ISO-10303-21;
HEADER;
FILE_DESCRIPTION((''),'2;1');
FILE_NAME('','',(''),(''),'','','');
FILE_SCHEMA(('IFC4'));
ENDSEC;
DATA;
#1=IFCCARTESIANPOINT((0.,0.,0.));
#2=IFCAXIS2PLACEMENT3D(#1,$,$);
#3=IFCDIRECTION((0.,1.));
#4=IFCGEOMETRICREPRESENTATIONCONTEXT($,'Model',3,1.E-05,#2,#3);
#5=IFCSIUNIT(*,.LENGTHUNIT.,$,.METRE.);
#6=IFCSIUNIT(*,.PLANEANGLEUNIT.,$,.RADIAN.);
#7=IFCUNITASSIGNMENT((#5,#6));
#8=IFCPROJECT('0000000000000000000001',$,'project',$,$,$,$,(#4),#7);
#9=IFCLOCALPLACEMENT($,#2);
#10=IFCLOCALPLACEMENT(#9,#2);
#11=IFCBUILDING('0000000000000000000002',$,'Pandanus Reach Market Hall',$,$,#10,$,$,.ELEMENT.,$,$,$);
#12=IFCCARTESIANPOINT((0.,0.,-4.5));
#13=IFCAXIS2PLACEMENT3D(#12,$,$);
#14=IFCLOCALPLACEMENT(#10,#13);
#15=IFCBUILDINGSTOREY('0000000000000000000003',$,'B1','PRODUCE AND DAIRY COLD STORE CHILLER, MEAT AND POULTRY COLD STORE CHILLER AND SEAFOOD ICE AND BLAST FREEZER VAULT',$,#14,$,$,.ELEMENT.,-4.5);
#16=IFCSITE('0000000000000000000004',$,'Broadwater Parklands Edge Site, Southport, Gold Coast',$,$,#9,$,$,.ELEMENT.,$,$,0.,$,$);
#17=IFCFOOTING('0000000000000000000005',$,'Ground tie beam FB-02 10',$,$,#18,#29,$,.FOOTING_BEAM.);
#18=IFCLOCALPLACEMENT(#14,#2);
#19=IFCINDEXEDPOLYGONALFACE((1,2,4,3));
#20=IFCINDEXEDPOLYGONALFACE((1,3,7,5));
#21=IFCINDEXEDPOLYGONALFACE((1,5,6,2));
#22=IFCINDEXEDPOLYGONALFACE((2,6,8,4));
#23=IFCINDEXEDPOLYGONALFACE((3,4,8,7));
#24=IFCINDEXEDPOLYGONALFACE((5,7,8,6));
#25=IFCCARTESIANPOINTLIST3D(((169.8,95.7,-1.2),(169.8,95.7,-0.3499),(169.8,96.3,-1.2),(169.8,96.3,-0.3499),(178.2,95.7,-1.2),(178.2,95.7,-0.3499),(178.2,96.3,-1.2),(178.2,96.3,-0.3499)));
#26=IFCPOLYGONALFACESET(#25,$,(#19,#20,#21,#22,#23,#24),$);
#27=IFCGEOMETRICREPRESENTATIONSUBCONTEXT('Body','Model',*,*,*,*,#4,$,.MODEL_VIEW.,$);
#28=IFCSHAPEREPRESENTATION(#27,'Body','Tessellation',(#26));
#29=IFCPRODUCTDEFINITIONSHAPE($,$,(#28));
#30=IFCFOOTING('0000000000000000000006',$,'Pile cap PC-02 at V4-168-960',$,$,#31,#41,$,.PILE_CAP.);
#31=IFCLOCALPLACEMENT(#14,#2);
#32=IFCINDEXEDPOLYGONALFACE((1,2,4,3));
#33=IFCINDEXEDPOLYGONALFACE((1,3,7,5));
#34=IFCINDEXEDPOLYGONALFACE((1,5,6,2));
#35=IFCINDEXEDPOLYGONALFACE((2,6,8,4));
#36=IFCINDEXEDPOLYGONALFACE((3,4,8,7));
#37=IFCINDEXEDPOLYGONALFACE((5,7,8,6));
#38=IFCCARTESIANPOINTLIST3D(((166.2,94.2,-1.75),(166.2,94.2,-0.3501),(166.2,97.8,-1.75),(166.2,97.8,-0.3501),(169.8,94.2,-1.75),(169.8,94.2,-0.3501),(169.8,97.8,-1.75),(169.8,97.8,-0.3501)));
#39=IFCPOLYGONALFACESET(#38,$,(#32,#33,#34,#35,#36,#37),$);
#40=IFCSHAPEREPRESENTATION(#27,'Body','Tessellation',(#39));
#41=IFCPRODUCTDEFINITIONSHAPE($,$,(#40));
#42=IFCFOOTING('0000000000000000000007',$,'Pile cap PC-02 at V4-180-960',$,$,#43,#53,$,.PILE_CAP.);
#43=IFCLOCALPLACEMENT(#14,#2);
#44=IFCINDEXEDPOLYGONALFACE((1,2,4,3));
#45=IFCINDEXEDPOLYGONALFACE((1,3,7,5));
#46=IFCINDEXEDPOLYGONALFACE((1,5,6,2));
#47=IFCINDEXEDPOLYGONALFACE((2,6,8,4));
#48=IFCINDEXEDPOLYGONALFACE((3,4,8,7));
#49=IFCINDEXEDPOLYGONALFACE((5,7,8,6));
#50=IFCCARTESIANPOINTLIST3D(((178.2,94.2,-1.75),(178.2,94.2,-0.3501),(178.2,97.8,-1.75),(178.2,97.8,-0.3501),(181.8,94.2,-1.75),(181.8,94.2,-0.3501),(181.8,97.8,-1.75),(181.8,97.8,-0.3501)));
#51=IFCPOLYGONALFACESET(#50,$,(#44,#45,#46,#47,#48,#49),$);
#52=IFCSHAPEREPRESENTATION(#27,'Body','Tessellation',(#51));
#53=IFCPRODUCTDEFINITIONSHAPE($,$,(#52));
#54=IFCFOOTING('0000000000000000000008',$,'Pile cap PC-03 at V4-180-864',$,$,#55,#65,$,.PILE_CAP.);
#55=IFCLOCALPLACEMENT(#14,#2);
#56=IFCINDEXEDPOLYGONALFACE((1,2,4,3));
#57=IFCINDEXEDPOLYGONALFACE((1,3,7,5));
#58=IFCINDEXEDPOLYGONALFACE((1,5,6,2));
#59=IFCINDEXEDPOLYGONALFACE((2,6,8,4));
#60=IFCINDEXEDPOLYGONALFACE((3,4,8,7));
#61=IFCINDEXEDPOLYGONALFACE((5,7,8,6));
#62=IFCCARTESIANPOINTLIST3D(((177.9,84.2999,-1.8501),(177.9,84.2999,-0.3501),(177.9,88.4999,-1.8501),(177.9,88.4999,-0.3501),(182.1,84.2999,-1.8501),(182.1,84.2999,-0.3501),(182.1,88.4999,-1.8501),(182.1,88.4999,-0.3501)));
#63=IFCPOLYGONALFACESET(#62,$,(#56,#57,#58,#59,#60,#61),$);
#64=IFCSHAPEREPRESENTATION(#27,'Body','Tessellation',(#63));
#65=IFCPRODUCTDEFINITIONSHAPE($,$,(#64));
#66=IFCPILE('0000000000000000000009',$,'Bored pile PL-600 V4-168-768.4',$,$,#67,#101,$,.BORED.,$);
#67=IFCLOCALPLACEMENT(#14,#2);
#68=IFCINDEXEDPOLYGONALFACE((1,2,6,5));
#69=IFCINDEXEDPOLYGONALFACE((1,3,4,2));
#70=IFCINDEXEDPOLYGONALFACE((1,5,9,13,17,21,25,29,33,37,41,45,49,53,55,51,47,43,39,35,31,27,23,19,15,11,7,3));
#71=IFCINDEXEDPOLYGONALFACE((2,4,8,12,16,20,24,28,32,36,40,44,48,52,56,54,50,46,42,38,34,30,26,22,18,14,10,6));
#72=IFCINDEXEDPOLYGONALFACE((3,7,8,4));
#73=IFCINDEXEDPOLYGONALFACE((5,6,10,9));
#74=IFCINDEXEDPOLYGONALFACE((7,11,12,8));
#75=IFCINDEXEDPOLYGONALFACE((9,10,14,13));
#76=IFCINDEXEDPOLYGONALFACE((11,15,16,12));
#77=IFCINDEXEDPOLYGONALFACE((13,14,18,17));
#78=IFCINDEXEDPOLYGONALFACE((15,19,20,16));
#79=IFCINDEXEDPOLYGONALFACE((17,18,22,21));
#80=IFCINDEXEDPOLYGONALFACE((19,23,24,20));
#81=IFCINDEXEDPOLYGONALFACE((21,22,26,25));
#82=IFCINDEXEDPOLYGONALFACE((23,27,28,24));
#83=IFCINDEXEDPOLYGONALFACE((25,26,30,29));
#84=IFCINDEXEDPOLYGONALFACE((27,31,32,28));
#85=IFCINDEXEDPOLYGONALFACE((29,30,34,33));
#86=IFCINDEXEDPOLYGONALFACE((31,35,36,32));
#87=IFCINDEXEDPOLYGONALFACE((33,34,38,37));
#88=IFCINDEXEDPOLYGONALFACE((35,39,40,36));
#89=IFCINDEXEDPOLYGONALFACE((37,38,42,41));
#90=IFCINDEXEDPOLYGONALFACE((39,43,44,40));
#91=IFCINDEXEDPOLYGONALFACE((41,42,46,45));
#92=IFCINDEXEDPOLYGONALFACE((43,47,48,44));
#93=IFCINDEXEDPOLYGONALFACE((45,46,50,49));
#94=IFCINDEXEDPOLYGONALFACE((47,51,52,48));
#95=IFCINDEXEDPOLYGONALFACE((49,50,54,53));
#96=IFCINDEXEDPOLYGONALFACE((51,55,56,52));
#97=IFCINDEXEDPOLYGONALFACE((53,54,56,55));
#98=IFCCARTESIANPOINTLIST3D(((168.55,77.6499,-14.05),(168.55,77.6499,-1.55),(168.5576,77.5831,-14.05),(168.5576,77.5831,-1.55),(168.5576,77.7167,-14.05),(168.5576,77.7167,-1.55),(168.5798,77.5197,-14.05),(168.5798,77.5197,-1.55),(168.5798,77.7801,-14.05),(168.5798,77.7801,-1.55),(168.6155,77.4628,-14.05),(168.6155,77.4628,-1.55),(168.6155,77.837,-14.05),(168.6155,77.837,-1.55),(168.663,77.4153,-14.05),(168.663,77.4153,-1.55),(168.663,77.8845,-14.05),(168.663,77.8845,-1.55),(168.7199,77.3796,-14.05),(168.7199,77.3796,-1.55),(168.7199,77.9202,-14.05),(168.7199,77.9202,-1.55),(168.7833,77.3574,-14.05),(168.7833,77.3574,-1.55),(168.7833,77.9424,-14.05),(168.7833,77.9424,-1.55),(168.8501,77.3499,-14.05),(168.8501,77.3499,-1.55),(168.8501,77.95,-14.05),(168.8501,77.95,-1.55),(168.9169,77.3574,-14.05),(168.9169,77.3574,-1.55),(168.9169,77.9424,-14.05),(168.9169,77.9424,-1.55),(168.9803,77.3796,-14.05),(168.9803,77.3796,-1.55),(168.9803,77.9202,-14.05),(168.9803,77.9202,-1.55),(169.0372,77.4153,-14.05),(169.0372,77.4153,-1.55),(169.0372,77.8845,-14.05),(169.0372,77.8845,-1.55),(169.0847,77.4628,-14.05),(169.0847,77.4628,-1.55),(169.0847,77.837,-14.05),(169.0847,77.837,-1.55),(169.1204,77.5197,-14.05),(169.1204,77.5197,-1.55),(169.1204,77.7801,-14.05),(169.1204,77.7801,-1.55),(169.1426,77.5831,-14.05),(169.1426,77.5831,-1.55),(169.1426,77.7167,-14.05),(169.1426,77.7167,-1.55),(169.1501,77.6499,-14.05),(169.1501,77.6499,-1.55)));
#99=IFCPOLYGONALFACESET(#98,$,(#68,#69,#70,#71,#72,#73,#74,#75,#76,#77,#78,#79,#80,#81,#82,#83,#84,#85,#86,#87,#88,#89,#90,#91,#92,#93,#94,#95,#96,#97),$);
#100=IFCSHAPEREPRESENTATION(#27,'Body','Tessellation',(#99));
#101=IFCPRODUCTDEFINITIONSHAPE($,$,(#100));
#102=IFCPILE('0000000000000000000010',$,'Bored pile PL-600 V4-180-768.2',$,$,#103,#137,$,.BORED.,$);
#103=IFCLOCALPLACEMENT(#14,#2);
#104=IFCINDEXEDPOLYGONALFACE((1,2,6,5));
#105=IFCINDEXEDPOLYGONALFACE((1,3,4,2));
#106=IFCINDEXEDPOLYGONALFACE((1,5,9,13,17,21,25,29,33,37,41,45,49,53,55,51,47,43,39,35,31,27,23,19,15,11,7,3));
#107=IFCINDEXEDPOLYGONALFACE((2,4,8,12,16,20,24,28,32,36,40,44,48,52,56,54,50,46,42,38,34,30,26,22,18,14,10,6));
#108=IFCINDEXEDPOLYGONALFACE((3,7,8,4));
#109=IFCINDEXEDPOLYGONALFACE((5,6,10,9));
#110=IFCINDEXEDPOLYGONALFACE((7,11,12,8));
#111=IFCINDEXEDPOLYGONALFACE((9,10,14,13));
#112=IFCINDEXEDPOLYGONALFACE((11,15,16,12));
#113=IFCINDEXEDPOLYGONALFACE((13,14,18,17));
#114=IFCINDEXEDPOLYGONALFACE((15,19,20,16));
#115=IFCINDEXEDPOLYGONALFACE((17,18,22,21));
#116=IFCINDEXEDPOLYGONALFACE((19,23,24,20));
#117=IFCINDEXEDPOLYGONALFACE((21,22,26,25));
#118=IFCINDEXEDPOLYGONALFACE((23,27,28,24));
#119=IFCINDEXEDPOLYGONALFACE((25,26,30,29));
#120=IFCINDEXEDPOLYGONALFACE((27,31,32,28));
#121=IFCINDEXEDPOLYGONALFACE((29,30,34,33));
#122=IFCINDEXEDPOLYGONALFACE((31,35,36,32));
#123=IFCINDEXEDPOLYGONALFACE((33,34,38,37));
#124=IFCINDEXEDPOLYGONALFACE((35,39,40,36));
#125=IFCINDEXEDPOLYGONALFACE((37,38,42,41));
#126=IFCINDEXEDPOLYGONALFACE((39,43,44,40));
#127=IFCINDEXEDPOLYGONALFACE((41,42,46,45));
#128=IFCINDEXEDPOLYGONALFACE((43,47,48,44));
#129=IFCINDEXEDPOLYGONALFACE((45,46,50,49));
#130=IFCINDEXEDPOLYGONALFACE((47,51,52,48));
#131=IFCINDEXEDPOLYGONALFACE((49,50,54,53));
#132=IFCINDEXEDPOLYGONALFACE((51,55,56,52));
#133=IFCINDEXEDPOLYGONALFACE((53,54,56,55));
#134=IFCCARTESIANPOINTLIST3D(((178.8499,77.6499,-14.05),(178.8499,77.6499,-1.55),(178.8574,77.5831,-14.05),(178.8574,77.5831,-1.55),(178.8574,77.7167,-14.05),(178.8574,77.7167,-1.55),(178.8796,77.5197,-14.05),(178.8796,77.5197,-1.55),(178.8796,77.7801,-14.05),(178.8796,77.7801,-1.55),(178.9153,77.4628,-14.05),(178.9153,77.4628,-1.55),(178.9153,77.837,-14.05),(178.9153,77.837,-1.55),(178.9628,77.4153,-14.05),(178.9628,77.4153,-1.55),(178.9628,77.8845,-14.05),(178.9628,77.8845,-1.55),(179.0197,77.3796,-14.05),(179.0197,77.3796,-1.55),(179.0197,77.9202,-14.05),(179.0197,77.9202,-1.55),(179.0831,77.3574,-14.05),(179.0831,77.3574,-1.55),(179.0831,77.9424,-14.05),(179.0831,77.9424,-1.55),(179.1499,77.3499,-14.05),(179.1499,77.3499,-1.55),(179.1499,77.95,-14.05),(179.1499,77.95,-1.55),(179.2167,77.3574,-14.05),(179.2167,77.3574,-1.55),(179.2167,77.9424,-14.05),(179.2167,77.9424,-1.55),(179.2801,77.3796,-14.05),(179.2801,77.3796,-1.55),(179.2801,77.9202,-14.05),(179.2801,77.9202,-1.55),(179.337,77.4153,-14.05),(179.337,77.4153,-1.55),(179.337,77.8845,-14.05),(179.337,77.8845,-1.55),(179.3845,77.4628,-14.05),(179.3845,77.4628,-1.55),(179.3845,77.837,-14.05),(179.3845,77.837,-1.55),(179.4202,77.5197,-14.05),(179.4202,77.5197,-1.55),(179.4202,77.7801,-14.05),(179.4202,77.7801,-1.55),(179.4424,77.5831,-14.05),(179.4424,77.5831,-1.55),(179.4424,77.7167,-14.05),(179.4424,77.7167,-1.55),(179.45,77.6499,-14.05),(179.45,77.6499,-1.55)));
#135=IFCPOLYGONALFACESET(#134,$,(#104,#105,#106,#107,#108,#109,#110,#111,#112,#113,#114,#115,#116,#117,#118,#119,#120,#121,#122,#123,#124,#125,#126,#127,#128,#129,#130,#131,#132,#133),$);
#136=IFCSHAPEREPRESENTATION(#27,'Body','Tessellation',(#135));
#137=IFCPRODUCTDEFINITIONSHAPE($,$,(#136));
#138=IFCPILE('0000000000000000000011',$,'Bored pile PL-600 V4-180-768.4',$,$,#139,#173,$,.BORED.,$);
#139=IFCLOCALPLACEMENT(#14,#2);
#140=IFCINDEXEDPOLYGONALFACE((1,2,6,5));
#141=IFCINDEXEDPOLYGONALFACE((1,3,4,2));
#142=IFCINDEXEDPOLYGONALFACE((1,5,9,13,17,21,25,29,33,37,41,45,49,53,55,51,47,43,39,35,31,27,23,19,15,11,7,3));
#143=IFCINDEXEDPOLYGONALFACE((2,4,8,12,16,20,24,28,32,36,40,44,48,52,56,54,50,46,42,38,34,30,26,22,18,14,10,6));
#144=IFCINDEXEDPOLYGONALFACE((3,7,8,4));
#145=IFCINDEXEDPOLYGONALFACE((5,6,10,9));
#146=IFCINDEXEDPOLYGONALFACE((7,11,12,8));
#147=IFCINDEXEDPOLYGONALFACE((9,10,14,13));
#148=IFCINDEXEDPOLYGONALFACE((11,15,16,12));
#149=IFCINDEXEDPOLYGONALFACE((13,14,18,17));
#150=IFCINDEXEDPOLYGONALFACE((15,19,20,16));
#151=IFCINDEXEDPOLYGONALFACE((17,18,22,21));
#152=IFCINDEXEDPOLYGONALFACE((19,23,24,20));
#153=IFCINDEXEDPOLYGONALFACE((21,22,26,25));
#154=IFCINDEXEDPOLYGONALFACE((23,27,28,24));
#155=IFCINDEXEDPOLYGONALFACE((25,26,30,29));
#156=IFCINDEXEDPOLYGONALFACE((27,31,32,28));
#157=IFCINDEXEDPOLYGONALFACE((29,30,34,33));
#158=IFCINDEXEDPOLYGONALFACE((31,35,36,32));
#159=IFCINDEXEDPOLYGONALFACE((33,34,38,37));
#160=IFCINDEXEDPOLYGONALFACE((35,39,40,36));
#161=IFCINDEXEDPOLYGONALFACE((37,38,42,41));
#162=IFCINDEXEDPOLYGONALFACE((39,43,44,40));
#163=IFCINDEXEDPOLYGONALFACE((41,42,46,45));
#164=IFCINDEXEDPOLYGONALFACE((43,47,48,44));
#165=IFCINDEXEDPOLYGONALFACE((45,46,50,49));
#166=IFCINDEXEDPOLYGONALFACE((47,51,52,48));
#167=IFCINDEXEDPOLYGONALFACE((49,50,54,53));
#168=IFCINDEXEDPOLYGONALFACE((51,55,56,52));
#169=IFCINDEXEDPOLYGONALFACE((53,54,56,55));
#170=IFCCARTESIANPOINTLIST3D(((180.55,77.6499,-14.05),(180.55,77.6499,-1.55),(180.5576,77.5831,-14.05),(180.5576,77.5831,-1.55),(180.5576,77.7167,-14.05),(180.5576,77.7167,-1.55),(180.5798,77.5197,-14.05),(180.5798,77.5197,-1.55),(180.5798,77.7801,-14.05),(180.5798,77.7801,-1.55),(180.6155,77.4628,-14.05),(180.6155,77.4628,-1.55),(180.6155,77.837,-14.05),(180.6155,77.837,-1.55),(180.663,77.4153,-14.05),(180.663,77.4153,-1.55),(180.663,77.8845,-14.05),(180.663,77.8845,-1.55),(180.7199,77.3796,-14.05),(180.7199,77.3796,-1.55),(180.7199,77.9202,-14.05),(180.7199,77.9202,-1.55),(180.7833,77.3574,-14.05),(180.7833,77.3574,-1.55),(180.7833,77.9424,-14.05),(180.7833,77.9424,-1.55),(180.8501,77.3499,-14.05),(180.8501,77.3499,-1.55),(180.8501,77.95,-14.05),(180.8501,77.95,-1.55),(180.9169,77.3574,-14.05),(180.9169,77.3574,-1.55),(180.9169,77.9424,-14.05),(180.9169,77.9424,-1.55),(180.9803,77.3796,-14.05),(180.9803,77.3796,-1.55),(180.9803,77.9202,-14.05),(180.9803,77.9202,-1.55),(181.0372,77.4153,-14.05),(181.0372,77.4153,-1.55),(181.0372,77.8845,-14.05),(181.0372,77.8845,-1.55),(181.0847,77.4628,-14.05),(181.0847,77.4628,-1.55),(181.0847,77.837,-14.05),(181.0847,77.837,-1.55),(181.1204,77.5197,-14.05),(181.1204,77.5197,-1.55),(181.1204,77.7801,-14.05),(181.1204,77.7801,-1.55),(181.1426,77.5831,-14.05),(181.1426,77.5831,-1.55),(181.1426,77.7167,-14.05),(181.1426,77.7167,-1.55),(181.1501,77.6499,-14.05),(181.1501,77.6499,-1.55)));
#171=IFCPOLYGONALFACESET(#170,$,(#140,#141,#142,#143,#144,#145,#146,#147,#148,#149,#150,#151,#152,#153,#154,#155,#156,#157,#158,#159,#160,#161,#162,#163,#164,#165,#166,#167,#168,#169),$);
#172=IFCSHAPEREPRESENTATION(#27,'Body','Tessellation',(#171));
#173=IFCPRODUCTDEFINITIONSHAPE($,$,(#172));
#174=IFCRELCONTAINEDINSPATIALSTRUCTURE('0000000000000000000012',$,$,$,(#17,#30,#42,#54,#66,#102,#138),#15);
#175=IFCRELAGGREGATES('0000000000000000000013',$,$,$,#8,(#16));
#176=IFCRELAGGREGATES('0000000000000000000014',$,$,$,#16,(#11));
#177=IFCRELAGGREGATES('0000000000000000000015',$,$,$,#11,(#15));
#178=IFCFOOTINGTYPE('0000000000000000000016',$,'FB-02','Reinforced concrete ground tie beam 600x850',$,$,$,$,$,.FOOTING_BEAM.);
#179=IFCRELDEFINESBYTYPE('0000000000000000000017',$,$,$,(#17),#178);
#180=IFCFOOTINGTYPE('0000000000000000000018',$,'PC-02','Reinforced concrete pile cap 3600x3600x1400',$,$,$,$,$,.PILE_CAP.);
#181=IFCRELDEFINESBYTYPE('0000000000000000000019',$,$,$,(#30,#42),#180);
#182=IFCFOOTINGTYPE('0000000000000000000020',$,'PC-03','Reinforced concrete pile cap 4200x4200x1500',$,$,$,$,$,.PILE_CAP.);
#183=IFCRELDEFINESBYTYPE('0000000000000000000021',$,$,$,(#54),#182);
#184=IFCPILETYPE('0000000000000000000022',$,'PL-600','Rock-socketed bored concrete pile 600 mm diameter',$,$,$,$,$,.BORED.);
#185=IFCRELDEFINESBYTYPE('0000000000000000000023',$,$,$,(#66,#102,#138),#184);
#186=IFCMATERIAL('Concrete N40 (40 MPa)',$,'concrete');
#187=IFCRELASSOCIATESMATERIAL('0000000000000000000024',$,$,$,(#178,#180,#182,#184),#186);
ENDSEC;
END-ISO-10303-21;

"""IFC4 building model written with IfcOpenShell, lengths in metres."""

from ifc_helpers import new_model, si_unit, direction, frame, origin, origin_2d, place, context, subcontext, project, spatial, rectangle, circle, extrude, material, material_profile, profile_set, type_object, element, save


model = new_model("IFC4")

# Units and contexts
model_context = context("Model", 3, precision=1e-05, world=origin(), true_north=direction((0.0, 1.0)))
body_context = subcontext(model_context, "Body", "Model", "MODEL_VIEW")
ifc_project = project(units=[si_unit("LENGTHUNIT", "METRE"), si_unit("PLANEANGLEUNIT", "RADIAN")], contexts=[model_context])

# Site, building, storey
site_placement = place(None, origin())
site = spatial("IfcSite", under=ifc_project, at=site_placement, Name="Broadwater Parklands Edge Site, Southport, Gold Coast", CompositionType="ELEMENT", RefElevation=0.0)
building_placement = place(site_placement, origin())
building = spatial("IfcBuilding", under=site, at=building_placement, Name="Pandanus Reach Market Hall", CompositionType="ELEMENT")
storey_placement = place(building_placement, frame((0.0, 0.0, -4.5)))
storey = spatial("IfcBuildingStorey", under=building, at=storey_placement, Name="B1", Description="PRODUCE AND DAIRY COLD STORE CHILLER, MEAT AND POULTRY COLD STORE CHILLER AND SEAFOOD ICE AND BLAST FREEZER VAULT", CompositionType="ELEMENT", Elevation=-4.5)

# Footings
ifc_material_1 = material(Name="Concrete N40 (40 MPa)", Category="concrete")
footing_type_1 = type_object("IfcFootingType", Name="FB-02", Description="Reinforced concrete ground tie beam 600x850", PredefinedType="FOOTING_BEAM", material=ifc_material_1)
footing_1_placement = place(storey_placement, frame((174.0, 96.0, -1.2), z_axis=(0.0, 0.0, 1.0), x_axis=(1.0, 0.0, 0.0)))
element("IfcFooting", 1, at=footing_1_placement, inside=storey, type_object=footing_type_1, Name="Ground tie beam FB-02 10", PredefinedType="FOOTING_BEAM", context=body_context, shape_type="SweptSolid", body=[
    extrude(rectangle(XDim=8.3999, YDim=0.6001, at=origin_2d()), origin(), (0.0, 0.0, 1.0), 0.8501),
])
footing_type_2 = type_object("IfcFootingType", Name="PC-02", Description="Reinforced concrete pile cap 3600x3600x1400", PredefinedType="PILE_CAP", material=ifc_material_1)
for number, where, z_axis, x_axis, name in (
    (2, (168.0, 96.0, -1.75), (0.0, 0.0, 1.0), (1.0, 0.0, 0.0), "Pile cap PC-02 at V4-168-960"),
    (3, (180.0, 96.0, -1.75), (0.0, 0.0, 1.0), (1.0, 0.0, 0.0), "Pile cap PC-02 at V4-180-960"),
):
    element("IfcFooting", number, at=place(storey_placement, frame(where, z_axis=z_axis, x_axis=x_axis)), inside=storey, type_object=footing_type_2, Name=name, PredefinedType="PILE_CAP", context=body_context, shape_type="SweptSolid", body=[
        extrude(rectangle(XDim=3.6001, YDim=3.6001, at=origin_2d()), origin(), (0.0, 0.0, 1.0), 1.3999),
    ])
footing_type_3 = type_object("IfcFootingType", Name="PC-03", Description="Reinforced concrete pile cap 4200x4200x1500", PredefinedType="PILE_CAP", material=ifc_material_1)
footing_2_placement = place(storey_placement, frame((180.0, 86.3999, -1.8501), z_axis=(0.0, 0.0, 1.0), x_axis=(1.0, 0.0, 0.0)))
element("IfcFooting", 4, at=footing_2_placement, inside=storey, type_object=footing_type_3, Name="Pile cap PC-03 at V4-180-864", PredefinedType="PILE_CAP", context=body_context, shape_type="SweptSolid", body=[
    extrude(rectangle(XDim=4.2, YDim=4.2, at=origin_2d()), origin(), (0.0, 0.0, 1.0), 1.5),
])

# Piles
ifc_material_profile_1 = material_profile(ifc_material_1, circle(Radius=0.3, at=origin_2d()), Name="PILE-600D", Category="LoadBearing")
ifc_profile_set_1 = profile_set([ifc_material_profile_1], Name="Concrete N40 (40 MPa)")
pile_type_1 = type_object("IfcPileType", Name="PL-600", Description="Rock-socketed bored concrete pile 600 mm diameter", PredefinedType="BORED", material=ifc_profile_set_1)
for number, where, z_axis, x_axis, name in (
    (5, (168.8501, 77.6499, -1.55), (0.0, 0.0, -1.0), (1.0, 0.0, 0.0), "Bored pile PL-600 V4-168-768.4"),
    (6, (179.1499, 77.6499, -1.55), (0.0, 0.0, -1.0), (1.0, 0.0, 0.0), "Bored pile PL-600 V4-180-768.2"),
    (7, (180.8501, 77.6499, -1.55), (0.0, 0.0, -1.0), (1.0, 0.0, 0.0), "Bored pile PL-600 V4-180-768.4"),
):
    element("IfcPile", number, at=place(storey_placement, frame(where, z_axis=z_axis, x_axis=x_axis)), inside=storey, type_object=pile_type_1, Name=name, PredefinedType="BORED", context=body_context, shape_type="SweptSolid", body=[
        extrude(circle(Radius=0.3, at=origin_2d()), origin(), (0.0, 0.0, 1.0), 12.5),
    ])

save(model, "model.ifc")
